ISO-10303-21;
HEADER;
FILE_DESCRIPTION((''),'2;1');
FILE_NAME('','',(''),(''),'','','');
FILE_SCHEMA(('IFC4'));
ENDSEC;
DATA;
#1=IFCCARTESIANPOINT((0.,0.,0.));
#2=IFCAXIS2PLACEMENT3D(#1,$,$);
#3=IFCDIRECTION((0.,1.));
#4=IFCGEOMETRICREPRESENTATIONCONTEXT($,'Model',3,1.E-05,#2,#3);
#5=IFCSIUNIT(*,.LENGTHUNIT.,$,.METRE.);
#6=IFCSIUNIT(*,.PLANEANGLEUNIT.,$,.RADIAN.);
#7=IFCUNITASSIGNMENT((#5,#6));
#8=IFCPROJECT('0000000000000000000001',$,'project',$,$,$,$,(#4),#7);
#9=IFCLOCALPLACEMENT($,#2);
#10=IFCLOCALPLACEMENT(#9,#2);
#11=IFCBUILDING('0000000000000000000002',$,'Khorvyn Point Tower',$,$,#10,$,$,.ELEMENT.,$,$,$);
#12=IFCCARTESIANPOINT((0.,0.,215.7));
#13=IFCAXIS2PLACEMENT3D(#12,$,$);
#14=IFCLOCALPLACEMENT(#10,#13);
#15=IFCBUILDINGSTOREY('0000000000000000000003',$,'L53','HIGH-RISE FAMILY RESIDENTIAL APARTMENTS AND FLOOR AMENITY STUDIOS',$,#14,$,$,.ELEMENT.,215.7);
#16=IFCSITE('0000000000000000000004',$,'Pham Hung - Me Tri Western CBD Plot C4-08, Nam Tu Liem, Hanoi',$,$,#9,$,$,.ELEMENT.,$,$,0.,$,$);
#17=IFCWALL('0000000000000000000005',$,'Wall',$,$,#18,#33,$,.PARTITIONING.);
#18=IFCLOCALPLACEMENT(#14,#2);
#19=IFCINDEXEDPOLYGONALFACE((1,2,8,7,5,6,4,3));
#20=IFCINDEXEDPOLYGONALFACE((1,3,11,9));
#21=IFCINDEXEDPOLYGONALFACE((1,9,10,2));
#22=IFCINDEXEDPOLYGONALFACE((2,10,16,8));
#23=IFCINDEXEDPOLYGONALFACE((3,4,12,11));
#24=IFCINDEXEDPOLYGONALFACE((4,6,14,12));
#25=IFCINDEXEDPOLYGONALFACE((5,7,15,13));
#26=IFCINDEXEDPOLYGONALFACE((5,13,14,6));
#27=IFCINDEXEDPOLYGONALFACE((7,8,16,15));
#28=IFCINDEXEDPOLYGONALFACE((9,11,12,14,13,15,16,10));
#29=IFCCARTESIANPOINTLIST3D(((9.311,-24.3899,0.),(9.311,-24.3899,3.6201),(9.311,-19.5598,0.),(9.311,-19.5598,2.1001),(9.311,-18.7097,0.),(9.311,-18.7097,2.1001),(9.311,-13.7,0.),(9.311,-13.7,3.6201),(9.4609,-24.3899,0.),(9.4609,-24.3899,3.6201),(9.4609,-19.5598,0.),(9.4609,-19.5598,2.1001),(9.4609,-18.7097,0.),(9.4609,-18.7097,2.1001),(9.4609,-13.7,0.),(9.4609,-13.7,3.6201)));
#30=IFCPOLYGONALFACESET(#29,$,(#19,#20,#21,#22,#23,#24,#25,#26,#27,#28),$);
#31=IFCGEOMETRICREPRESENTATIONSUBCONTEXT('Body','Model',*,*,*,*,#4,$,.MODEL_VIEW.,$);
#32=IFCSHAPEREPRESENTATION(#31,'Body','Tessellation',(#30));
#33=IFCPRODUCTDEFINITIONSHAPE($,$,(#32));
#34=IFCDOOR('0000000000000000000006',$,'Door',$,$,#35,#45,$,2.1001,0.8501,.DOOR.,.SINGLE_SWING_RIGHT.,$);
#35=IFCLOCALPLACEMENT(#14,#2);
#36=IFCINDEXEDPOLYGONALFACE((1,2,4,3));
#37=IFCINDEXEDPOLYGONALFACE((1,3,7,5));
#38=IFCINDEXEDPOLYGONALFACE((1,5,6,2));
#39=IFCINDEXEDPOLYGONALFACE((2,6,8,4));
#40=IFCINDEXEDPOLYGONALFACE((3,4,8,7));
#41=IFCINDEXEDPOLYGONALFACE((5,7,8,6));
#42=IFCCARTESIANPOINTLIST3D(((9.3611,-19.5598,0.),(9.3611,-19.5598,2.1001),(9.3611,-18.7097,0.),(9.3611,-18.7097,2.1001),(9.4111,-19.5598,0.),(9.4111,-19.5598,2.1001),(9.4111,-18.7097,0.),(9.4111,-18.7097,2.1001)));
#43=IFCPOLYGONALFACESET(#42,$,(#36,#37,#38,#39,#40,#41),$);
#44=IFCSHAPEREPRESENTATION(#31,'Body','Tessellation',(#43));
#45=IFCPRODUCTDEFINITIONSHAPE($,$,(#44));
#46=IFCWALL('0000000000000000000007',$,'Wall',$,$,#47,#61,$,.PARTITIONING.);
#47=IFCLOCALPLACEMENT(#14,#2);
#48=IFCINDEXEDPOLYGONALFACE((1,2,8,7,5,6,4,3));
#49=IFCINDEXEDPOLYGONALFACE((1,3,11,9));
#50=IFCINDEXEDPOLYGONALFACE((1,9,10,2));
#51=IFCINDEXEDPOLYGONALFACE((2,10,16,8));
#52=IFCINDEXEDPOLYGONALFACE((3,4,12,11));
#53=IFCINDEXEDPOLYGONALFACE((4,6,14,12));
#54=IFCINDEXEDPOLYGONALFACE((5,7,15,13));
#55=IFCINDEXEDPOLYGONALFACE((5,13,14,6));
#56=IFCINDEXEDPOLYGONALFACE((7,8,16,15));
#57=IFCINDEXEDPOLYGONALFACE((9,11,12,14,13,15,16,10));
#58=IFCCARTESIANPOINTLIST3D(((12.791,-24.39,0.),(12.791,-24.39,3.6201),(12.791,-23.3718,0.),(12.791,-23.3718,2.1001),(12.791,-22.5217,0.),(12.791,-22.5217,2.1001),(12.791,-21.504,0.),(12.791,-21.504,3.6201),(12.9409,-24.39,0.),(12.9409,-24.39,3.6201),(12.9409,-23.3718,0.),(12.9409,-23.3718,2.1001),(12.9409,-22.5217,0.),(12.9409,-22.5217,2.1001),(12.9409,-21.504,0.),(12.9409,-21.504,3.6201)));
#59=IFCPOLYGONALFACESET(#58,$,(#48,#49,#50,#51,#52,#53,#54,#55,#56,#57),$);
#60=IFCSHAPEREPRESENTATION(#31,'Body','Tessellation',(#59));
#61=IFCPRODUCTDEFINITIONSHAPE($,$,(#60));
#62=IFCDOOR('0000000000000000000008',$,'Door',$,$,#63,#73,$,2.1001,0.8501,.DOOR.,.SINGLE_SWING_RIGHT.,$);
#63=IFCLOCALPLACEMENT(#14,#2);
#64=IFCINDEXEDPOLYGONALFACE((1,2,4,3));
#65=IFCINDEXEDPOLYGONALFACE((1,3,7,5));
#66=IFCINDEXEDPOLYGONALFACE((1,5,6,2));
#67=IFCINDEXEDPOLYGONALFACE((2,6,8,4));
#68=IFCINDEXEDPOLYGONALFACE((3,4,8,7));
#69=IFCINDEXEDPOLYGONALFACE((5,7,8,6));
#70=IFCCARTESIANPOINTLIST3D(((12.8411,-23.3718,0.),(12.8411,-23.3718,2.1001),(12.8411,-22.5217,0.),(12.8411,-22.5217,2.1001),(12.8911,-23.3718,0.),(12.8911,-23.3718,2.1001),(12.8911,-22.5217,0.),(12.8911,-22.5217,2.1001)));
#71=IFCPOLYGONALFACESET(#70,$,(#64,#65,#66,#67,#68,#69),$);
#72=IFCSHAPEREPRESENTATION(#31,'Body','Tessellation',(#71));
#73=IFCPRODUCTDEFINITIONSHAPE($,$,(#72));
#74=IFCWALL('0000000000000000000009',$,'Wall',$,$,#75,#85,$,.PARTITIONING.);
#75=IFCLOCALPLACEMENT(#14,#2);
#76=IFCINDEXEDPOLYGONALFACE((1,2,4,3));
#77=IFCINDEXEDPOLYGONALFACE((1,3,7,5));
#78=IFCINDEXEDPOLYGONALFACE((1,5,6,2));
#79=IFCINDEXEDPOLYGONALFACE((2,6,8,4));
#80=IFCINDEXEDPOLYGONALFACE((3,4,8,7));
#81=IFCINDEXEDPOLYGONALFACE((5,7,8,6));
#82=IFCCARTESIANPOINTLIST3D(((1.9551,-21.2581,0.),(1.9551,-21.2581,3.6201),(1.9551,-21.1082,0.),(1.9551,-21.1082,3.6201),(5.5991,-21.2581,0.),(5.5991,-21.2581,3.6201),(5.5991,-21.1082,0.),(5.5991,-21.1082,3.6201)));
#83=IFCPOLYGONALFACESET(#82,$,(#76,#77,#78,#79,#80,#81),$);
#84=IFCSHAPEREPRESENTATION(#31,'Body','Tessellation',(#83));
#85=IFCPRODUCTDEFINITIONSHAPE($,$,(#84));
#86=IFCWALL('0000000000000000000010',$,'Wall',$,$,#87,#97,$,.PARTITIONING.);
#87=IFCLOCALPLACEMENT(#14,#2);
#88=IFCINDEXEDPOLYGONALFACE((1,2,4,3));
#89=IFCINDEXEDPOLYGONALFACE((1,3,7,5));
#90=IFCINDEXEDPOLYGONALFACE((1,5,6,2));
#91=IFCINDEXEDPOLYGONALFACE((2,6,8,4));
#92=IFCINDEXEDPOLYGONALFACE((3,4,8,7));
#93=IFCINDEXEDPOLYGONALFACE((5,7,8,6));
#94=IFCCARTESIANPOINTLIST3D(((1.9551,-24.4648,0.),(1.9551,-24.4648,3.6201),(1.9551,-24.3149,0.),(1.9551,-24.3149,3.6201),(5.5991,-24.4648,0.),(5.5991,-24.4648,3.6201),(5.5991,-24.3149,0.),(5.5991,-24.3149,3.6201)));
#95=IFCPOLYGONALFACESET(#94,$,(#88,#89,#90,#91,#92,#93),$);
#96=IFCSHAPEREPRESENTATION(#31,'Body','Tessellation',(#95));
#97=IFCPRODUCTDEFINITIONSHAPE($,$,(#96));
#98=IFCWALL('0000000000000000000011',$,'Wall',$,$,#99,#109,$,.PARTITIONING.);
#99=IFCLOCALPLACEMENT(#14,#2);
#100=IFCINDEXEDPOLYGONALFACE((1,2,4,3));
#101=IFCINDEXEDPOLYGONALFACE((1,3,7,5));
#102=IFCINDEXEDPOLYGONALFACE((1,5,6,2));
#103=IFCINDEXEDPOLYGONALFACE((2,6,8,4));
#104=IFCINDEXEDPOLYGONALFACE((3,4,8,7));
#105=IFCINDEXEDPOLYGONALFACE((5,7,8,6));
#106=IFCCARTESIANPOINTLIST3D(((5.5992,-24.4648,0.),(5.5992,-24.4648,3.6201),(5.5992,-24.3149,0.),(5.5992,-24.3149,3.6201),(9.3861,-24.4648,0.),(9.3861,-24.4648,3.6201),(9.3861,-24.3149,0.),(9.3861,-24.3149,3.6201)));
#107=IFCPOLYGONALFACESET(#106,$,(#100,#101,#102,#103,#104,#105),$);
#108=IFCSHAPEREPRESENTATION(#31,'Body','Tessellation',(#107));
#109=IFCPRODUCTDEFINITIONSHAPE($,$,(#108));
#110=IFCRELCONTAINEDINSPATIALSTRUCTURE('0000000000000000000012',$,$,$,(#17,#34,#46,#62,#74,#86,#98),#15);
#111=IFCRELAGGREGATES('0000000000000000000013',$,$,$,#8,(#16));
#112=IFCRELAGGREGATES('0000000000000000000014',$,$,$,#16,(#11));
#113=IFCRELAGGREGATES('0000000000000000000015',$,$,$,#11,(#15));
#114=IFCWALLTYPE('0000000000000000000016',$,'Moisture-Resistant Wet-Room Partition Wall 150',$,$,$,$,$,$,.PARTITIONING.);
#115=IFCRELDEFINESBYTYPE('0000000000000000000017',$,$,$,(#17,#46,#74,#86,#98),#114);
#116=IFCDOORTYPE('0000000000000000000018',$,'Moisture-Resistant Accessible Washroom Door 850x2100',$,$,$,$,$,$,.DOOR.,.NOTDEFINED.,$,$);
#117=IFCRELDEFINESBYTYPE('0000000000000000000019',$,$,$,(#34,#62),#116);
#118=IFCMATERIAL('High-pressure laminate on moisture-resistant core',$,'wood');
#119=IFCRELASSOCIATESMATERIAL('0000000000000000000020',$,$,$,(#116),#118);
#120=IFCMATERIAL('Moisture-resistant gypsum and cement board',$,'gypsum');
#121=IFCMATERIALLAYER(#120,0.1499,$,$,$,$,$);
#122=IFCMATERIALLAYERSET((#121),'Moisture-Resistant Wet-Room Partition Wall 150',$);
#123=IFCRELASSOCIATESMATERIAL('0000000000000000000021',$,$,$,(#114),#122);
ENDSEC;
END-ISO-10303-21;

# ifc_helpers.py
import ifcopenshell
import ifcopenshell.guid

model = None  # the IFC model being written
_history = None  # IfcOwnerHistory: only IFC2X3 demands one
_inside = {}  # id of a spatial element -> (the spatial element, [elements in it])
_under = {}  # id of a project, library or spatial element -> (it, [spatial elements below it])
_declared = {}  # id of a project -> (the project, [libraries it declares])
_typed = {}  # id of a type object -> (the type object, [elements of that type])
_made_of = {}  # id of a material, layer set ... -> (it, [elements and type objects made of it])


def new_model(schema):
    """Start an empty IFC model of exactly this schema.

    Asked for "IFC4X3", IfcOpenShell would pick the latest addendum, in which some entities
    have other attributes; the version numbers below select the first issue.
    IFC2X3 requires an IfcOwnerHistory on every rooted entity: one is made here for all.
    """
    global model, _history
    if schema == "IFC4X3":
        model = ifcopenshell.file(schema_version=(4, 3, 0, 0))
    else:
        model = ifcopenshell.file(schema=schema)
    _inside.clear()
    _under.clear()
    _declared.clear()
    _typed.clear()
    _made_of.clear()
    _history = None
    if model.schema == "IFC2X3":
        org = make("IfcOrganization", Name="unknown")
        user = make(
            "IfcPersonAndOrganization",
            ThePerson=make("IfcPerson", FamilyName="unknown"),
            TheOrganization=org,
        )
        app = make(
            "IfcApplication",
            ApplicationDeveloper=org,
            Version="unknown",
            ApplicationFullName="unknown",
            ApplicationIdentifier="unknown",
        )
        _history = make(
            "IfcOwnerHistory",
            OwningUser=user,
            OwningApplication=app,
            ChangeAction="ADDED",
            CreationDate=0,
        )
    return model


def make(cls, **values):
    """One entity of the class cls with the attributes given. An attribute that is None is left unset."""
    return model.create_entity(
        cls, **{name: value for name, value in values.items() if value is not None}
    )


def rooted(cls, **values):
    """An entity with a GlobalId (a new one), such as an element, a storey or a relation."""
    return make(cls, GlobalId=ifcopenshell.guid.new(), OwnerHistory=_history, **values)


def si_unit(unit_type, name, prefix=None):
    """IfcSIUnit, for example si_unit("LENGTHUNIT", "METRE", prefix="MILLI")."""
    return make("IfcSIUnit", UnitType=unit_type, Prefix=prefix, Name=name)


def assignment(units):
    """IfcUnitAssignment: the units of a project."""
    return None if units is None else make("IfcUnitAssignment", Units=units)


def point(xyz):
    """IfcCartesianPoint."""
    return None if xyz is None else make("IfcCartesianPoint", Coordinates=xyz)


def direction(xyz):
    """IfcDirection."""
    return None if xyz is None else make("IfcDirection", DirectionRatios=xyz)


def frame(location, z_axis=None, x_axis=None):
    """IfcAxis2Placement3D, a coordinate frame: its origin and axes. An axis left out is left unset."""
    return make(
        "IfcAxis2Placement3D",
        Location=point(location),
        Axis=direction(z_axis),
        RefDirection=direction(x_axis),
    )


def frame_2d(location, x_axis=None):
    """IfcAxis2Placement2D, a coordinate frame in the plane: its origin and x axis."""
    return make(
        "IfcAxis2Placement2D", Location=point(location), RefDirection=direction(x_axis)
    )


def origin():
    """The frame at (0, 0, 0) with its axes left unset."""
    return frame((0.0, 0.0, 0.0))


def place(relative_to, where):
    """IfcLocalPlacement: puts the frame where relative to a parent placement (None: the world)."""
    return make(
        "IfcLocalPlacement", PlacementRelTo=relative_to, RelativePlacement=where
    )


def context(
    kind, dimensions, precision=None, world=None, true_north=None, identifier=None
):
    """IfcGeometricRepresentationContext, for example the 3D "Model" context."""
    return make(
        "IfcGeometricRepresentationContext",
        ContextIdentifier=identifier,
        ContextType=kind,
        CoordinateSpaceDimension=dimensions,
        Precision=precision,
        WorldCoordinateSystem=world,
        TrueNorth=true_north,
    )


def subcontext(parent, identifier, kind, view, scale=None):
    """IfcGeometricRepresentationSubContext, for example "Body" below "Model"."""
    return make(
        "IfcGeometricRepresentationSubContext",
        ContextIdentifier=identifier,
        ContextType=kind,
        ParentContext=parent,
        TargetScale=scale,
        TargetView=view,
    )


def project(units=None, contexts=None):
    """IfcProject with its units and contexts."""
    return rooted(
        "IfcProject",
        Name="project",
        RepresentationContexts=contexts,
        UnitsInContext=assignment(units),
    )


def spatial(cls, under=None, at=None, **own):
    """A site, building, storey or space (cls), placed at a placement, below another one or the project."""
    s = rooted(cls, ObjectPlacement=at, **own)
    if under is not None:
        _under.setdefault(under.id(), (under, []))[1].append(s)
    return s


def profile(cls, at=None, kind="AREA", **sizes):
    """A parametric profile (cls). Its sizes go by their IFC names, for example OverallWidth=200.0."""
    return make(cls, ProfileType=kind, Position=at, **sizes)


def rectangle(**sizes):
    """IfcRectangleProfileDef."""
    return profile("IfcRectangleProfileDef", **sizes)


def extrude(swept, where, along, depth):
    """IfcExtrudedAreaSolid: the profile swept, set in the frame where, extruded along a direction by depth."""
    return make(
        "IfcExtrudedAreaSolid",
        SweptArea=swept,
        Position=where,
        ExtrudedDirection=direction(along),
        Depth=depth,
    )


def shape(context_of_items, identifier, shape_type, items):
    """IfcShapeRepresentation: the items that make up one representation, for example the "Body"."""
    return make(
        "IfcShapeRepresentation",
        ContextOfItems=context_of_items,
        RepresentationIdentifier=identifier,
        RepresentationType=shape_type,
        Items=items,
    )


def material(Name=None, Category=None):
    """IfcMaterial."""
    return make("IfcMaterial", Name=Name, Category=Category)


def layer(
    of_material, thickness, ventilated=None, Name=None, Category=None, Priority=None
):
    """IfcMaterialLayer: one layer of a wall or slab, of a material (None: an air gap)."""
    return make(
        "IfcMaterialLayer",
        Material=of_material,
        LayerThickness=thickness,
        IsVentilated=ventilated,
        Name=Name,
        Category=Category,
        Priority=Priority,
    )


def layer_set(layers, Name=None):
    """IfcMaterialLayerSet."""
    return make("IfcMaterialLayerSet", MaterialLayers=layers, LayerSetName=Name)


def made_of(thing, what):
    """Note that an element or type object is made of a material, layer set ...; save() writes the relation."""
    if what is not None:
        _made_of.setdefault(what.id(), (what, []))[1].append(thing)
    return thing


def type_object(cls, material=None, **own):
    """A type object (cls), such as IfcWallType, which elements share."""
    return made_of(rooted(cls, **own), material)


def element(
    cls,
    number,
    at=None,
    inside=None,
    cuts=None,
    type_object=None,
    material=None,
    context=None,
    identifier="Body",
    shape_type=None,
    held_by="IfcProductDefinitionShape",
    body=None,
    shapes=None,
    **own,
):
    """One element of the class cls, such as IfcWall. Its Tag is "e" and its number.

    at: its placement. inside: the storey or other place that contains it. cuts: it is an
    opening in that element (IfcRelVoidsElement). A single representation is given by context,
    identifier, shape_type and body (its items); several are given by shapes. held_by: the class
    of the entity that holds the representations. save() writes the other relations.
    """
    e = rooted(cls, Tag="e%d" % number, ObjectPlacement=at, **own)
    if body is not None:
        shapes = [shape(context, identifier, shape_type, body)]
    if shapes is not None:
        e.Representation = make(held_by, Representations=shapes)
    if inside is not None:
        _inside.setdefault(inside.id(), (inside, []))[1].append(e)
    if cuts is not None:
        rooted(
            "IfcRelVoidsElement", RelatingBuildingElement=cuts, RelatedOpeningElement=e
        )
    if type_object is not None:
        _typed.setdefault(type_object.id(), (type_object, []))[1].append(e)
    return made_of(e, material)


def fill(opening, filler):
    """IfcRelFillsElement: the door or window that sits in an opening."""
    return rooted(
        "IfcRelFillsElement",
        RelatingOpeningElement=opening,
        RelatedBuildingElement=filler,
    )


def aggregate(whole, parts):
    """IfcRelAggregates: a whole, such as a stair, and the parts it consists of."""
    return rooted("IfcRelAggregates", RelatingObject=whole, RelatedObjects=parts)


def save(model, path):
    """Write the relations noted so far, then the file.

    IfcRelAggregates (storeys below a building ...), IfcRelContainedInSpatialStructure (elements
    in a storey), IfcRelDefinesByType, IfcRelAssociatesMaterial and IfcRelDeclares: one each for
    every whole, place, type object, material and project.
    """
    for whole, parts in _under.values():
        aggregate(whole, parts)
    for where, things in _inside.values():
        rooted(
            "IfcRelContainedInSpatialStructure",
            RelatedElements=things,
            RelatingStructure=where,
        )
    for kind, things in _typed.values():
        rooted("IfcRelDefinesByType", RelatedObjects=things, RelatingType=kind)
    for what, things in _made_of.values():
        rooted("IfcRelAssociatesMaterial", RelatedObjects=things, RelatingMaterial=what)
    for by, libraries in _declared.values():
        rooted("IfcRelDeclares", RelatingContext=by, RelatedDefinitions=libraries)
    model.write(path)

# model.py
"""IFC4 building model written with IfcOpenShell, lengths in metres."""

from ifc_helpers import new_model, si_unit, direction, frame, frame_2d, origin, place, context, subcontext, project, spatial, rectangle, extrude, material, layer, layer_set, type_object, element, fill, save


model = new_model("IFC4")

# Units and contexts
model_context = context("Model", 3, precision=1e-05, world=origin(), true_north=direction((0.0, 1.0)))
body_context = subcontext(model_context, "Body", "Model", "MODEL_VIEW")
ifc_project = project(units=[si_unit("LENGTHUNIT", "METRE"), si_unit("PLANEANGLEUNIT", "RADIAN")], contexts=[model_context])

# Site, building, storey
site_placement = place(None, origin())
site = spatial("IfcSite", under=ifc_project, at=site_placement, Name="Pham Hung - Me Tri Western CBD Plot C4-08, Nam Tu Liem, Hanoi", CompositionType="ELEMENT", RefElevation=0.0)
building_placement = place(site_placement, origin())
building = spatial("IfcBuilding", under=site, at=building_placement, Name="Khorvyn Point Tower", CompositionType="ELEMENT")
storey_placement = place(building_placement, frame((0.0, 0.0, 215.7)))
storey = spatial("IfcBuildingStorey", under=building, at=storey_placement, Name="L53", Description="HIGH-RISE FAMILY RESIDENTIAL APARTMENTS AND FLOOR AMENITY STUDIOS", CompositionType="ELEMENT", Elevation=215.7)

# Walls, openings, doors
ifc_material_1 = material(Name="High-pressure laminate on moisture-resistant core", Category="wood")
door_type_1 = type_object("IfcDoorType", Name="Moisture-Resistant Accessible Washroom Door 850x2100", OperationType="NOTDEFINED", PredefinedType="DOOR", material=ifc_material_1)
ifc_material_2 = material(Name="Moisture-resistant gypsum and cement board", Category="gypsum")
ifc_layer_1 = layer(ifc_material_2, 0.1499)
ifc_layer_set_1 = layer_set([ifc_layer_1], Name="Moisture-Resistant Wet-Room Partition Wall 150")
wall_type_1 = type_object("IfcWallType", Name="Moisture-Resistant Wet-Room Partition Wall 150", PredefinedType="PARTITIONING", material=ifc_layer_set_1)
wall_1_placement = place(storey_placement, frame((9.386, -24.3899, 0.0), z_axis=(0.0, 0.0, 1.0), x_axis=(0.0, 1.0, 0.0)))
wall_1 = element("IfcWall", 1, at=wall_1_placement, inside=storey, type_object=wall_type_1, Name="Wall", PredefinedType="PARTITIONING", context=body_context, shape_type="SweptSolid", body=[
    extrude(rectangle(XDim=10.6899, YDim=0.1499, at=frame_2d((5.345, 0.0))), origin(), (0.0, 0.0, 1.0), 3.6201),
])
opening_1_placement = place(wall_1_placement, frame((4.8301, 0.0, 0.0)))
opening_1 = element("IfcOpeningElement", 2, at=opening_1_placement, cuts=wall_1, PredefinedType="OPENING", context=body_context, shape_type="SweptSolid", body=[
    extrude(rectangle(XDim=0.8501, YDim=2.1001, at=frame_2d((0.425, 1.05))), frame((0.0, 0.085, 0.0), z_axis=(0.0, -1.0, 0.0), x_axis=(1.0, 0.0, 0.0)), (0.0, 0.0, 1.0), 0.1699),
])
door_1_placement = place(opening_1_placement, origin())
door_1 = element("IfcDoor", 3, at=door_1_placement, inside=storey, type_object=door_type_1, Name="Door", OperationType="SINGLE_SWING_RIGHT", OverallHeight=2.1001, OverallWidth=0.8501, PredefinedType="DOOR", context=body_context, shape_type="SweptSolid", body=[
    extrude(rectangle(XDim=0.8501, YDim=2.1001, at=frame_2d((0.425, 1.05))), frame((0.0, 0.0249, 0.0), z_axis=(0.0, -1.0, 0.0), x_axis=(1.0, 0.0, 0.0)), (0.0, 0.0, 1.0), 0.05),
])
fill(opening_1, door_1)
wall_2_placement = place(storey_placement, frame((12.866, -24.3899, 0.0), z_axis=(0.0, 0.0, 1.0), x_axis=(0.0, 1.0, 0.0)))
wall_2 = element("IfcWall", 4, at=wall_2_placement, inside=storey, type_object=wall_type_1, Name="Wall", PredefinedType="PARTITIONING", context=body_context, shape_type="SweptSolid", body=[
    extrude(rectangle(XDim=2.886, YDim=0.1499, at=frame_2d((1.4429, 0.0))), origin(), (0.0, 0.0, 1.0), 3.6201),
])
opening_2_placement = place(wall_2_placement, frame((1.0181, 0.0, 0.0)))
opening_2 = element("IfcOpeningElement", 5, at=opening_2_placement, cuts=wall_2, PredefinedType="OPENING", context=body_context, shape_type="SweptSolid", body=[
    extrude(rectangle(XDim=0.8501, YDim=2.1001, at=frame_2d((0.425, 1.05))), frame((0.0, 0.085, 0.0), z_axis=(0.0, -1.0, 0.0), x_axis=(1.0, 0.0, 0.0)), (0.0, 0.0, 1.0), 0.1699),
])
door_2_placement = place(opening_2_placement, origin())
door_2 = element("IfcDoor", 6, at=door_2_placement, inside=storey, type_object=door_type_1, Name="Door", OperationType="SINGLE_SWING_RIGHT", OverallHeight=2.1001, OverallWidth=0.8501, PredefinedType="DOOR", context=body_context, shape_type="SweptSolid", body=[
    extrude(rectangle(XDim=0.8501, YDim=2.1001, at=frame_2d((0.425, 1.05))), frame((0.0, 0.0249, 0.0), z_axis=(0.0, -1.0, 0.0), x_axis=(1.0, 0.0, 0.0)), (0.0, 0.0, 1.0), 0.05),
])
fill(opening_2, door_2)

# Walls
for number, where, z_axis, x_axis, name in (
    (7, (1.9551, -21.1831, 0.0), (0.0, 0.0, 1.0), (1.0, 0.0, 0.0), "Wall"),
    (8, (1.9551, -24.3899, 0.0), (0.0, 0.0, 1.0), (1.0, 0.0, 0.0), "Wall"),
):
    element("IfcWall", number, at=place(storey_placement, frame(where, z_axis=z_axis, x_axis=x_axis)), inside=storey, type_object=wall_type_1, Name=name, PredefinedType="PARTITIONING", context=body_context, shape_type="SweptSolid", body=[
        extrude(rectangle(XDim=3.644, YDim=0.1499, at=frame_2d((1.822, 0.0))), origin(), (0.0, 0.0, 1.0), 3.6201),
    ])
wall_3_placement = place(storey_placement, frame((5.5991, -24.3899, 0.0), z_axis=(0.0, 0.0, 1.0), x_axis=(1.0, 0.0, 0.0)))
element("IfcWall", 9, at=wall_3_placement, inside=storey, type_object=wall_type_1, Name="Wall", PredefinedType="PARTITIONING", context=body_context, shape_type="SweptSolid", body=[
    extrude(rectangle(XDim=3.7869, YDim=0.1499, at=frame_2d((1.8936, 0.0))), origin(), (0.0, 0.0, 1.0), 3.6201),
])

save(model, "model.ifc")
